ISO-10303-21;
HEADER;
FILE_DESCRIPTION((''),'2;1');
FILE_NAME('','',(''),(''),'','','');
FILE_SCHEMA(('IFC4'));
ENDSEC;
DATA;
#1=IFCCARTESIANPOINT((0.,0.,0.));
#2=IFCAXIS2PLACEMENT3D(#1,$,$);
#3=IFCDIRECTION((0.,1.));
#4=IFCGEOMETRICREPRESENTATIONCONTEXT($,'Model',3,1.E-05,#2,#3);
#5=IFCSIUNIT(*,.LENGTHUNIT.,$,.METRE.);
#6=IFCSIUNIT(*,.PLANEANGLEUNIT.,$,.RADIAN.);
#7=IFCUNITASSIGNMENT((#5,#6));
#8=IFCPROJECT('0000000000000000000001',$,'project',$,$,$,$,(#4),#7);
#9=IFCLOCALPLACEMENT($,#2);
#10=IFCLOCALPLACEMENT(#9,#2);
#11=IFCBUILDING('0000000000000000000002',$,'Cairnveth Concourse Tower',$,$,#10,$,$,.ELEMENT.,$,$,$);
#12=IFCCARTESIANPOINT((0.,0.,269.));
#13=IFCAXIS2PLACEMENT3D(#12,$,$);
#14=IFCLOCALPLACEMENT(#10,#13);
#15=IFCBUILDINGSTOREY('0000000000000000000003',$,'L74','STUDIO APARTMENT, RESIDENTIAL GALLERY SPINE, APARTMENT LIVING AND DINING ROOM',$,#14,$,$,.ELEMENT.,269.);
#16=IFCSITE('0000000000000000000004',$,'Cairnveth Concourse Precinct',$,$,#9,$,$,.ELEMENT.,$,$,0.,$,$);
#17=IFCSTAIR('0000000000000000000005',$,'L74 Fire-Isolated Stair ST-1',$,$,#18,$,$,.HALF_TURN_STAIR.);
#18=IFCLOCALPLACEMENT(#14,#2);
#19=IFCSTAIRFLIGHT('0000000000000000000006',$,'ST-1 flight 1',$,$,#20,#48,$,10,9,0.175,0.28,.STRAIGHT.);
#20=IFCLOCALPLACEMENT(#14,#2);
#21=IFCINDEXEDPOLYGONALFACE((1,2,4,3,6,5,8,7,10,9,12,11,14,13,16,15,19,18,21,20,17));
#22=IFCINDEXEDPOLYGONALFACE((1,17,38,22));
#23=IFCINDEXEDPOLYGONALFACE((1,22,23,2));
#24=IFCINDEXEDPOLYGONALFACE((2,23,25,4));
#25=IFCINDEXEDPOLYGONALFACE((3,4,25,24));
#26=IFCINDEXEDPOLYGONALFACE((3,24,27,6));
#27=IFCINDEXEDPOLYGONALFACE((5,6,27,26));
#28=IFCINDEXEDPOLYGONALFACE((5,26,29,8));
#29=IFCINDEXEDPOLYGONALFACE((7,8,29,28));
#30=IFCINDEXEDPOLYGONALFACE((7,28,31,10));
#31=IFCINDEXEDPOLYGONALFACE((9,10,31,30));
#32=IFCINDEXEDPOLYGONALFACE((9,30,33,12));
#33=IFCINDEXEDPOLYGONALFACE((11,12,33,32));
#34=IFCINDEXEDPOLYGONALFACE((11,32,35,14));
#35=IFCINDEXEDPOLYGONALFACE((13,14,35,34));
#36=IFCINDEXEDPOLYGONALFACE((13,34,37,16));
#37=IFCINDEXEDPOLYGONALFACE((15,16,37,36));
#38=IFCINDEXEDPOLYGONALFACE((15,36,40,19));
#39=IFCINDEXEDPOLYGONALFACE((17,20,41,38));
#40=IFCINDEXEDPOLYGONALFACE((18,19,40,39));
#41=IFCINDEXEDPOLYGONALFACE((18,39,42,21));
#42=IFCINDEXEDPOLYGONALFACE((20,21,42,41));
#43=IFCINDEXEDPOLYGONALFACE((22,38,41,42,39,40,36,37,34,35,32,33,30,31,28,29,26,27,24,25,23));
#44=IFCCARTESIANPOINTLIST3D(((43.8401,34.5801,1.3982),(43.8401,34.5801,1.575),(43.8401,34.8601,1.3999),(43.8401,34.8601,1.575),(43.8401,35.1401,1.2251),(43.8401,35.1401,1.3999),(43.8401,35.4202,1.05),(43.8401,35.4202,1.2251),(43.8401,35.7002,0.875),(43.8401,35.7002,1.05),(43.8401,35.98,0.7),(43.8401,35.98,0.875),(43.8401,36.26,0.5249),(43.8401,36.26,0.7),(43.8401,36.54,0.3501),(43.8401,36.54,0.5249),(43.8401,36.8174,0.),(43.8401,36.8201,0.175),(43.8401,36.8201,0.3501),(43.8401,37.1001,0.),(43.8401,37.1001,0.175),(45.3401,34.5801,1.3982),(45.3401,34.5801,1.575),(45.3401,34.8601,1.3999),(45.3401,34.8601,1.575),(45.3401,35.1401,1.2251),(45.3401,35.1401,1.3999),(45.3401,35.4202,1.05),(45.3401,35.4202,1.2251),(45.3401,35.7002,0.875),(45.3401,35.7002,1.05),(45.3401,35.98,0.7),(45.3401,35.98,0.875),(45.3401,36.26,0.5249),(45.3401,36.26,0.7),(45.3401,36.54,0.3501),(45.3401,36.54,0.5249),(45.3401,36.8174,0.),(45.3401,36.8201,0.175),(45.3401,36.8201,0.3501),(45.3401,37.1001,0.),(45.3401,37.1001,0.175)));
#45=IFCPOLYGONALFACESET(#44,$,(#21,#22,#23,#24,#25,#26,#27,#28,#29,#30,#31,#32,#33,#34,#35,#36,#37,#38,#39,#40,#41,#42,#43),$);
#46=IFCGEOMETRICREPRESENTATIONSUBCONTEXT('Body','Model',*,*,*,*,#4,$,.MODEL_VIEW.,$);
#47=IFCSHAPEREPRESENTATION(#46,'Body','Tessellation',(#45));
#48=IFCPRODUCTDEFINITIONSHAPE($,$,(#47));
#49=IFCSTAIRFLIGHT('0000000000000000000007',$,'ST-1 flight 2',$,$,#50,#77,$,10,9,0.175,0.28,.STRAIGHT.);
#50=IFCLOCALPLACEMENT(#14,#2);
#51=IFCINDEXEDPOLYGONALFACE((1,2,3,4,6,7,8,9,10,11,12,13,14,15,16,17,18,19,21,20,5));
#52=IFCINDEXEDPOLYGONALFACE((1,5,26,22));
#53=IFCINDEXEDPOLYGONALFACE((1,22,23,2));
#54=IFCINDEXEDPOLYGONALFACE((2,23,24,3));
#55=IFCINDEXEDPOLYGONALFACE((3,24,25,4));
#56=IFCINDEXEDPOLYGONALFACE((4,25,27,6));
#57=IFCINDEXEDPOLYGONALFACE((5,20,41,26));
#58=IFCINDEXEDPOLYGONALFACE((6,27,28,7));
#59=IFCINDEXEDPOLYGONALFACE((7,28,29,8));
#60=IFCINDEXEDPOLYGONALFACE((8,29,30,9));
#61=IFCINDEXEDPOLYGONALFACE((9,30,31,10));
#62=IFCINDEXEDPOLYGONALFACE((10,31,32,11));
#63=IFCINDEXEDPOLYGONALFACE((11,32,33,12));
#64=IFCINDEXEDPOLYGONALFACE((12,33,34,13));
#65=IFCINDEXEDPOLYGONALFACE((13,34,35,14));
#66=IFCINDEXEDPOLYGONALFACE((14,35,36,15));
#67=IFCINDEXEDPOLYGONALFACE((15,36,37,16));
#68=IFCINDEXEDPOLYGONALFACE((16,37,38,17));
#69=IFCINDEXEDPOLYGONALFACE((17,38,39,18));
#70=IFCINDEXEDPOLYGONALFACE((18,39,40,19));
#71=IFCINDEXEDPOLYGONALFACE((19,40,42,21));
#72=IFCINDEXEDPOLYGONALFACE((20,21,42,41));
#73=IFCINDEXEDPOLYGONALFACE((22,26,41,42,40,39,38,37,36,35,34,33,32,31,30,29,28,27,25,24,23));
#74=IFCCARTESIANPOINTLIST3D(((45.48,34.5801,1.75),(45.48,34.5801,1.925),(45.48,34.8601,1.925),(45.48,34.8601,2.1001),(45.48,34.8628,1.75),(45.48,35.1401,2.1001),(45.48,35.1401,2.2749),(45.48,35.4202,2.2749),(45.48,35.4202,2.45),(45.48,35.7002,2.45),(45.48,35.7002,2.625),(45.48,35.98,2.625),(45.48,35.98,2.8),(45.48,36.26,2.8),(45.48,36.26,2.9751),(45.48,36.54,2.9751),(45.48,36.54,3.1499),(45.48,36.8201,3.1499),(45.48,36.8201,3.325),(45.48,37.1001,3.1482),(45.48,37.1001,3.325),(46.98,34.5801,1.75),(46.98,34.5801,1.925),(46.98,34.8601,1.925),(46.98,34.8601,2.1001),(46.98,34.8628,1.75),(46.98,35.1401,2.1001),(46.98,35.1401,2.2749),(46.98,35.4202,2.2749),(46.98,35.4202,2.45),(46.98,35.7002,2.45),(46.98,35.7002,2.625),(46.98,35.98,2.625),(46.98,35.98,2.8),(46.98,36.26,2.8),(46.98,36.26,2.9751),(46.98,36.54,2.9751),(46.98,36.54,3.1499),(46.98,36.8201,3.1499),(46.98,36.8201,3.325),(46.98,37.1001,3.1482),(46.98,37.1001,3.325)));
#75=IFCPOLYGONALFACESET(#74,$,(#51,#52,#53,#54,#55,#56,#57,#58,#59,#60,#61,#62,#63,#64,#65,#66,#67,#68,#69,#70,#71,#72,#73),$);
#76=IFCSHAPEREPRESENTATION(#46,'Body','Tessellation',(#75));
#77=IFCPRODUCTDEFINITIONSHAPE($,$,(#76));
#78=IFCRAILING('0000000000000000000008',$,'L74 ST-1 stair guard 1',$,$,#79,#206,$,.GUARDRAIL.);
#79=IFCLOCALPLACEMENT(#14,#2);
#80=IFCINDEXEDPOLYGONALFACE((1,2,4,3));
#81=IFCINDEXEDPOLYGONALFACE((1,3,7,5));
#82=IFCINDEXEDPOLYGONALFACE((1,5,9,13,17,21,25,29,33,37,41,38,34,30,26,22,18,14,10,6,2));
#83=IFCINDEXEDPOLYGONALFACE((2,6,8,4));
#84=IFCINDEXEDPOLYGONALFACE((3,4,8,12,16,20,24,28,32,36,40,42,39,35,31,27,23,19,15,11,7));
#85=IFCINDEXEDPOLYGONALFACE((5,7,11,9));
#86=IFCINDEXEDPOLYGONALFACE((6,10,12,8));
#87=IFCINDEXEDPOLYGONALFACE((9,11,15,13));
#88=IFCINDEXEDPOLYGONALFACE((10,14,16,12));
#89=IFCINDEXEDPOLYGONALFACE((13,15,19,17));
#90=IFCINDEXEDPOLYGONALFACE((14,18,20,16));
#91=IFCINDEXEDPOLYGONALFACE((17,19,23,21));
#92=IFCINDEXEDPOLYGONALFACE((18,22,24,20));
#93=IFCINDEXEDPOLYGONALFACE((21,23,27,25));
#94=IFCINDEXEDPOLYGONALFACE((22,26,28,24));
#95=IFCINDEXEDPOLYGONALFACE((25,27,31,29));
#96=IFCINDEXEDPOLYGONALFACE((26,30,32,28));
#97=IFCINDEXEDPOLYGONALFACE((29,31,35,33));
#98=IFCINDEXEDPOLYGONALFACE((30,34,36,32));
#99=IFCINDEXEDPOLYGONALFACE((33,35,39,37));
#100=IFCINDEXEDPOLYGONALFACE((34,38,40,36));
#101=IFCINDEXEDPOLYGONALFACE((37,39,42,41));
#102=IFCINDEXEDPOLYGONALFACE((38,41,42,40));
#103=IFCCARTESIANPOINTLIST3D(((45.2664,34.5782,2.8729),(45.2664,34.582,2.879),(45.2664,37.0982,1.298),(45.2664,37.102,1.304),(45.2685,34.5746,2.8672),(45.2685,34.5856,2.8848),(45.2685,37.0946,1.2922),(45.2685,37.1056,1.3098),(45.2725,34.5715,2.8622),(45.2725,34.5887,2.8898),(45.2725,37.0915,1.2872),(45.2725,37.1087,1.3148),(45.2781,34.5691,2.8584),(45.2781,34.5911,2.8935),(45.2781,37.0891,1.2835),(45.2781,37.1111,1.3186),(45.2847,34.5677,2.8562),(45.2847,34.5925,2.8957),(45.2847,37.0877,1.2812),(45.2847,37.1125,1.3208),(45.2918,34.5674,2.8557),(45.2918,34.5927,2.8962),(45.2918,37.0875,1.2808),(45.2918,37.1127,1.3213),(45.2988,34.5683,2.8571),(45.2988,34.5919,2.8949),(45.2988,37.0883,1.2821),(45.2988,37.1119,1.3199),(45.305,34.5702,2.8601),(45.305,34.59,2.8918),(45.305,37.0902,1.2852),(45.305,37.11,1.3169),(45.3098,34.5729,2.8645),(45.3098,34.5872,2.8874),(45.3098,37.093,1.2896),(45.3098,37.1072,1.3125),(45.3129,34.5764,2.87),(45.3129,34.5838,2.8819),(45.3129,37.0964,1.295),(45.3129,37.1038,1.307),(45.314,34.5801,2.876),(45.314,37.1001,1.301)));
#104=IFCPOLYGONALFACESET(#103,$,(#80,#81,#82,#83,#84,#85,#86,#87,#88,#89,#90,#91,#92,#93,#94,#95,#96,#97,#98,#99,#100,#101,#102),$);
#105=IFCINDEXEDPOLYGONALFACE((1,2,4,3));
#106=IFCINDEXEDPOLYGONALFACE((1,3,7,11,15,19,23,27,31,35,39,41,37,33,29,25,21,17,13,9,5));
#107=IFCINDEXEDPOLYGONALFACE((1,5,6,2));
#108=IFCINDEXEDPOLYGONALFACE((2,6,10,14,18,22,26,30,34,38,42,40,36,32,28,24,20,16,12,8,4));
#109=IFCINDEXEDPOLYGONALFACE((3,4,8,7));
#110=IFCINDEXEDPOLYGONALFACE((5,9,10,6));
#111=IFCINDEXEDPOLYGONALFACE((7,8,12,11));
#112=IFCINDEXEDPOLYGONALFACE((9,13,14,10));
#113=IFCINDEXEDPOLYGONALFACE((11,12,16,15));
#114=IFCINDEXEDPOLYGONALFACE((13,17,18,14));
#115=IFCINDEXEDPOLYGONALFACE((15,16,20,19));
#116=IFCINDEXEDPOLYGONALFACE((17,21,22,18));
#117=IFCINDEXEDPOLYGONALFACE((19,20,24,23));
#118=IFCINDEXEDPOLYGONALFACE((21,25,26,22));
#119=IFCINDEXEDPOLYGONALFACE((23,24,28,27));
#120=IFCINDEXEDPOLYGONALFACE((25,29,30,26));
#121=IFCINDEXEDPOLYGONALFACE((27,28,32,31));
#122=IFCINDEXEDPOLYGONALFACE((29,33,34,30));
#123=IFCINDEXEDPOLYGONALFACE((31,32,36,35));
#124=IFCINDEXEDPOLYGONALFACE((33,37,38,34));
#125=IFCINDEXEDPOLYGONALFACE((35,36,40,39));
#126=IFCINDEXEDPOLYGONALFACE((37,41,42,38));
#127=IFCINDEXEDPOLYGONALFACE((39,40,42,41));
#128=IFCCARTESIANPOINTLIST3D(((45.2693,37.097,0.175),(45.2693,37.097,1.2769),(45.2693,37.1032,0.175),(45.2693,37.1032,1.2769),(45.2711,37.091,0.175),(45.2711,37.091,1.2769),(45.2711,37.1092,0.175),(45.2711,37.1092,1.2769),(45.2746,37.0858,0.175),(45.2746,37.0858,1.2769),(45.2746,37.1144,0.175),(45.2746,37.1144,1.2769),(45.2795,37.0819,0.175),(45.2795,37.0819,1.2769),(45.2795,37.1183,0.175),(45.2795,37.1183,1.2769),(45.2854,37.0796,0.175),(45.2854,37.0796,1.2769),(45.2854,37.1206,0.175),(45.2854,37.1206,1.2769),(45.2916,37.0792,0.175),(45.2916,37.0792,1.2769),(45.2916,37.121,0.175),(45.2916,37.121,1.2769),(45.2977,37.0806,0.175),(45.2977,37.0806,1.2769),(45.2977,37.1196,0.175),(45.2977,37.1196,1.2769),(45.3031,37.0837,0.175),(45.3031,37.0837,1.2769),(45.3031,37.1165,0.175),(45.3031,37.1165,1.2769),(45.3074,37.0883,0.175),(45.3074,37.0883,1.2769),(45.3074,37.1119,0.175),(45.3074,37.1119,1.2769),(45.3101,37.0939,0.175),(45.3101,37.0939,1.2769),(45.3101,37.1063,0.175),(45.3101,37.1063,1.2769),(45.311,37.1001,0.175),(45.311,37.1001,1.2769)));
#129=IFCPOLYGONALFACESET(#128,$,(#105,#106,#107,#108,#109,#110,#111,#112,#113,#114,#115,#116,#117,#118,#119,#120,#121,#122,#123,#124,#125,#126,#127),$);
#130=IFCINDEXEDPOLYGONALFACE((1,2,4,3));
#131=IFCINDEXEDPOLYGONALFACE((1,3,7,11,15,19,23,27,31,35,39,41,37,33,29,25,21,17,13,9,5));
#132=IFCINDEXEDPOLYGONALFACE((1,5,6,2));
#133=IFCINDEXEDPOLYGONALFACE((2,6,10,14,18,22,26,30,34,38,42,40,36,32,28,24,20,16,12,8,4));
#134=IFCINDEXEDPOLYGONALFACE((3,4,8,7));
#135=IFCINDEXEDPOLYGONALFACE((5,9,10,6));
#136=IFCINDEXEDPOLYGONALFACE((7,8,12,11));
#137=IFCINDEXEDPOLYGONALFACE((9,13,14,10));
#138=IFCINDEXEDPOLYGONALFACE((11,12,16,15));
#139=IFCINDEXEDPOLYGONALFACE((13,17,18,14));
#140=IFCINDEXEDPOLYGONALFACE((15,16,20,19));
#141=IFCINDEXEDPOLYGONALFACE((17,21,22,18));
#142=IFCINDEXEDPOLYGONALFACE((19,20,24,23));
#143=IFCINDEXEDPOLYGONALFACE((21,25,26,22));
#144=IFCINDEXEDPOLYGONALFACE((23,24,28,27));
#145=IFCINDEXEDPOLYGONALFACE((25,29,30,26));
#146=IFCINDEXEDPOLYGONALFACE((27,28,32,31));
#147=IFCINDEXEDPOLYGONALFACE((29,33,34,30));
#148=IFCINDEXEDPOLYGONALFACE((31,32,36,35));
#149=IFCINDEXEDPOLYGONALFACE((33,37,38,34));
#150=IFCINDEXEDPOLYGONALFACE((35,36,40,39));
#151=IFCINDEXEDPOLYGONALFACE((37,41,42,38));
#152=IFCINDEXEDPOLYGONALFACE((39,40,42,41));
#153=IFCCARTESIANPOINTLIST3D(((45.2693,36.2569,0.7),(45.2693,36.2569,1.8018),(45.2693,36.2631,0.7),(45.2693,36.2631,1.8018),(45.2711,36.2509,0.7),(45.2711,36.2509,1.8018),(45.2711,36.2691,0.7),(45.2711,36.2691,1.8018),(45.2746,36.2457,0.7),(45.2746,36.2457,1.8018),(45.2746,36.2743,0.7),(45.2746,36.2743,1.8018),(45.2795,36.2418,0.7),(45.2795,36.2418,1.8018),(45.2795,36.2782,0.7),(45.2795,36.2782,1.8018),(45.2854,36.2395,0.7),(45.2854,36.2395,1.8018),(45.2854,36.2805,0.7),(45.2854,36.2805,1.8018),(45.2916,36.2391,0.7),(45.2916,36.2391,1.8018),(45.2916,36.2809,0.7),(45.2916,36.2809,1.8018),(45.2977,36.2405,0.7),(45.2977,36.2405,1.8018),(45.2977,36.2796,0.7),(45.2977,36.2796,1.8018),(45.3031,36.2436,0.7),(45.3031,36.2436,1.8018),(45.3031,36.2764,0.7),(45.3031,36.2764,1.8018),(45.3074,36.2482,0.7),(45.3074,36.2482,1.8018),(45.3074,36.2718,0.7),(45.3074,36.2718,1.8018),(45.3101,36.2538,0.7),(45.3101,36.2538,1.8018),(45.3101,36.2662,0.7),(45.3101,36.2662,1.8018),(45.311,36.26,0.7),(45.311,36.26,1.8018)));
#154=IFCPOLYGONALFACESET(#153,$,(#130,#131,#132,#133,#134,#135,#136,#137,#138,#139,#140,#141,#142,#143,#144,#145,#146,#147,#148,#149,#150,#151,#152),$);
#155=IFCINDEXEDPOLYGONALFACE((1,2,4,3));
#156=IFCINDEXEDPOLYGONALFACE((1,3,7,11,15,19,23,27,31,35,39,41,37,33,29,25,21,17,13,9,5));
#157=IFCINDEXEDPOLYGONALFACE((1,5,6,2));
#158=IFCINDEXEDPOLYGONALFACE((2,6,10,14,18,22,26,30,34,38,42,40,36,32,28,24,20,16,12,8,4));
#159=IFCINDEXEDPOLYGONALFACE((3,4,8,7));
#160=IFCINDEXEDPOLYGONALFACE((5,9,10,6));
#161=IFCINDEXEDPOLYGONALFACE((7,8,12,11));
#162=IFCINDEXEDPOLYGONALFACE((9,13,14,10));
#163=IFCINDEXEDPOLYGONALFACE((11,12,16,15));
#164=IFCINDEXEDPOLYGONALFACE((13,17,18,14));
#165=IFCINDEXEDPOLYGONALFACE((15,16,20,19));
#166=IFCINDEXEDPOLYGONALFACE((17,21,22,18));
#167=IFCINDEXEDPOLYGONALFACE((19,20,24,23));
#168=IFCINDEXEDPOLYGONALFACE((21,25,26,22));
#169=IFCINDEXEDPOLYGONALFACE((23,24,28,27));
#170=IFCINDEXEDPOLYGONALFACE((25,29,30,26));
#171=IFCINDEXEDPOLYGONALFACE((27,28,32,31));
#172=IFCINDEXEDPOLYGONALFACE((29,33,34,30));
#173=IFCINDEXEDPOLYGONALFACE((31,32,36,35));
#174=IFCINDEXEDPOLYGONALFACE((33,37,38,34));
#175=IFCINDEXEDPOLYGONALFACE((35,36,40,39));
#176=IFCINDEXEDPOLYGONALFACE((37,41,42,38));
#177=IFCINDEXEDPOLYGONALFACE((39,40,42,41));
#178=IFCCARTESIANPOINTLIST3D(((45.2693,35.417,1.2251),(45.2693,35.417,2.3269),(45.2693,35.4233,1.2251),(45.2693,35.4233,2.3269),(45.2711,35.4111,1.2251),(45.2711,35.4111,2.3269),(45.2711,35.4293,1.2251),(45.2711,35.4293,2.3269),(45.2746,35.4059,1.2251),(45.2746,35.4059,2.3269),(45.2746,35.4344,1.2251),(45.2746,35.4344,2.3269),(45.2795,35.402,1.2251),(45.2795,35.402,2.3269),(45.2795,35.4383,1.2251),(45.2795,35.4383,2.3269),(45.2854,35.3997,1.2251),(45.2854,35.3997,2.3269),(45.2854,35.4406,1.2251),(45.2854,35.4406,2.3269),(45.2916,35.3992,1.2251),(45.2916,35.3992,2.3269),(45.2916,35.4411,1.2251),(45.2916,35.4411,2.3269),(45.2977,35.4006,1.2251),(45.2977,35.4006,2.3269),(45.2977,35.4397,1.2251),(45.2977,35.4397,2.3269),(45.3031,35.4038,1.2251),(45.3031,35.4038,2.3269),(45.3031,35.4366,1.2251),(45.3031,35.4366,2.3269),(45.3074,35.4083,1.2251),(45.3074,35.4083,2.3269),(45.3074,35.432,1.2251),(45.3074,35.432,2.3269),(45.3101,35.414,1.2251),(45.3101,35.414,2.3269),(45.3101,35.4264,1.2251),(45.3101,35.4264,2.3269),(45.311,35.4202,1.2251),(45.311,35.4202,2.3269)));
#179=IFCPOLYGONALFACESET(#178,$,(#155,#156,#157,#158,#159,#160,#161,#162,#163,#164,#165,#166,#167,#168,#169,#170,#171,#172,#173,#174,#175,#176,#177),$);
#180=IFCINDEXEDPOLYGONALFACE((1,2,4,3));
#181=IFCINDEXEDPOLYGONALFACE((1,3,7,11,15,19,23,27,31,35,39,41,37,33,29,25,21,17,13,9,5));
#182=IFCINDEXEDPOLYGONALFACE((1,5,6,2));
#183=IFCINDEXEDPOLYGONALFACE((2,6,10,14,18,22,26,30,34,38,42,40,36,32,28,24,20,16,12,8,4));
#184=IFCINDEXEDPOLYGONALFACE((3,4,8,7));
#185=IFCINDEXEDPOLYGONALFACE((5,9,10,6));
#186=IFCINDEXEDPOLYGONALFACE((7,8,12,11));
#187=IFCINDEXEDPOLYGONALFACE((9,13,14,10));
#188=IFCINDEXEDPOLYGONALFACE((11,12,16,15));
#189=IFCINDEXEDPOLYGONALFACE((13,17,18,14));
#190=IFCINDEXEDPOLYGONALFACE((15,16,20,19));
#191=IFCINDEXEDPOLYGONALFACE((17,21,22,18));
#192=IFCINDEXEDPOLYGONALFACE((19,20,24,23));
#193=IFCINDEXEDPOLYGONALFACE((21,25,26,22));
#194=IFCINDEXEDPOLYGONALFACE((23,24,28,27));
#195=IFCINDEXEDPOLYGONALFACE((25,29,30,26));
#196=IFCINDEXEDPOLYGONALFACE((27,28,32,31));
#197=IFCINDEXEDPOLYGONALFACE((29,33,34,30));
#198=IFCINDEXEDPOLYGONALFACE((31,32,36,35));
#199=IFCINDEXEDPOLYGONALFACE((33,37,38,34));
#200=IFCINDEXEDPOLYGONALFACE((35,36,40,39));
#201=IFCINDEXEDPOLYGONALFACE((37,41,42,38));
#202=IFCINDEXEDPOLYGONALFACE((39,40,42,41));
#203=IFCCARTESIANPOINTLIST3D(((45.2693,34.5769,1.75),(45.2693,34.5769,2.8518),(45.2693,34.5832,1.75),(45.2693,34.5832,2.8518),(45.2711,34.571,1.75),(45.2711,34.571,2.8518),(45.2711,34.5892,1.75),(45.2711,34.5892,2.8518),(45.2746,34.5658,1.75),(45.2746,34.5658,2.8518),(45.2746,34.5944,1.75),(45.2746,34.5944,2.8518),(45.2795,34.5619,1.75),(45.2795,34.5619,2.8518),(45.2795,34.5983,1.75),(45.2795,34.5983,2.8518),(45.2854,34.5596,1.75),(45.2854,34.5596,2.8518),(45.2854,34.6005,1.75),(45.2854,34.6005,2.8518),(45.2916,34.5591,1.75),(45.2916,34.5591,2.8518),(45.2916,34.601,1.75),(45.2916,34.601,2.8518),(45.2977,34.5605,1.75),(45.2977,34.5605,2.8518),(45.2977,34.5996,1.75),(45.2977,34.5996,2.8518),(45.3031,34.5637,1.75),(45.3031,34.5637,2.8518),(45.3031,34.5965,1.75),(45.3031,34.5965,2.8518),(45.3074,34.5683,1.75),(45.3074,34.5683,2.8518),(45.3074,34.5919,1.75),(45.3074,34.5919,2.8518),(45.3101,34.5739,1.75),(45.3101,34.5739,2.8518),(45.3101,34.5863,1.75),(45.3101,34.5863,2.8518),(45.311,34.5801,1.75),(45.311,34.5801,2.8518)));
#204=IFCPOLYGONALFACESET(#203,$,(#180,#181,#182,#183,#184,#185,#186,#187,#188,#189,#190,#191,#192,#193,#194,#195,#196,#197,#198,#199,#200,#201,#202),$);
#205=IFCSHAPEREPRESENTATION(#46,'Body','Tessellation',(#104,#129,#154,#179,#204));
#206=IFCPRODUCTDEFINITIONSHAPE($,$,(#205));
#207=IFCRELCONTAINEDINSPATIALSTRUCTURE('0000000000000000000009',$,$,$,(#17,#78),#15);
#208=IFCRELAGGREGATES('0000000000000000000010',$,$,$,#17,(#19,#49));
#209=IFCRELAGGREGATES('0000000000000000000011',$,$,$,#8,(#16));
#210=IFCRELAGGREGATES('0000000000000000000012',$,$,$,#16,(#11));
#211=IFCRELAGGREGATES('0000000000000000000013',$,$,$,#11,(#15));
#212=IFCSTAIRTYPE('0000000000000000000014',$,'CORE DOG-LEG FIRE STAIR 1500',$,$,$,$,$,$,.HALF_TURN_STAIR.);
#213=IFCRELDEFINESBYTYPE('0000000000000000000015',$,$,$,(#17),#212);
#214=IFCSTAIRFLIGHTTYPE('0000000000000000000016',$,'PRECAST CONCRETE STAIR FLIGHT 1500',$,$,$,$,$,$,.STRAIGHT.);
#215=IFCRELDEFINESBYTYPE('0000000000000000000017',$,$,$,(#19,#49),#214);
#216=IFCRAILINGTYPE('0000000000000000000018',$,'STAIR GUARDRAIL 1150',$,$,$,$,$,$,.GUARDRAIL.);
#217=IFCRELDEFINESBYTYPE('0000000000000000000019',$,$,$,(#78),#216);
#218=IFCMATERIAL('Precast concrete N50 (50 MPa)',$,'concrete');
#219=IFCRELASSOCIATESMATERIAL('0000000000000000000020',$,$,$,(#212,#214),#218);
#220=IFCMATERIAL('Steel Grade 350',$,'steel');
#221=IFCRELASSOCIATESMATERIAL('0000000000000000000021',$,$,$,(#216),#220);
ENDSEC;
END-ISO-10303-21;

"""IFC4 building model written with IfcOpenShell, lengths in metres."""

from ifc_helpers import new_model, si_unit, direction, frame, origin, origin_2d, place, context, subcontext, project, spatial, polyline, circle, outline, extrude, material, type_object, element, aggregate, save


model = new_model("IFC4")

# Units and contexts
model_context = context("Model", 3, precision=1e-05, world=origin(), true_north=direction((0.0, 1.0)))
body_context = subcontext(model_context, "Body", "Model", "MODEL_VIEW")
ifc_project = project(units=[si_unit("LENGTHUNIT", "METRE"), si_unit("PLANEANGLEUNIT", "RADIAN")], contexts=[model_context])

# Site, building, storey
site_placement = place(None, origin())
site = spatial("IfcSite", under=ifc_project, at=site_placement, Name="Cairnveth Concourse Precinct", CompositionType="ELEMENT", RefElevation=0.0)
building_placement = place(site_placement, origin())
building = spatial("IfcBuilding", under=site, at=building_placement, Name="Cairnveth Concourse Tower", CompositionType="ELEMENT")
storey_placement = place(building_placement, frame((0.0, 0.0, 269.0)))
storey = spatial("IfcBuildingStorey", under=building, at=storey_placement, Name="L74", Description="STUDIO APARTMENT, RESIDENTIAL GALLERY SPINE, APARTMENT LIVING AND DINING ROOM", CompositionType="ELEMENT", Elevation=269.0)

# Shared definitions
ifc_material_1 = material(Name="Steel Grade 350", Category="steel")

# Stair, stair flights
ifc_material_2 = material(Name="Precast concrete N50 (50 MPa)", Category="concrete")
stair_type = type_object("IfcStairType", Name="CORE DOG-LEG FIRE STAIR 1500", PredefinedType="HALF_TURN_STAIR", material=ifc_material_2)
stair_placement = place(storey_placement, origin())
stair = element("IfcStair", 1, at=stair_placement, inside=storey, type_object=stair_type, Name="L74 Fire-Isolated Stair ST-1", PredefinedType="HALF_TURN_STAIR")
stair_flight_type = type_object("IfcStairFlightType", Name="PRECAST CONCRETE STAIR FLIGHT 1500", PredefinedType="STRAIGHT", material=ifc_material_2)
stair_flight_1_placement = place(storey_placement, frame((44.5901, 37.1001, 0.0), z_axis=(0.0, 0.0, 1.0), x_axis=(0.0, -1.0, 0.0)))
stair_flight_1 = element("IfcStairFlight", 2, at=stair_flight_1_placement, type_object=stair_flight_type, Name="ST-1 flight 1", NumberOfRisers=10, NumberOfTreads=9, PredefinedType="STRAIGHT", RiserHeight=0.175, TreadLength=0.28, context=body_context, shape_type="SweptSolid", body=[
    extrude(outline(polyline([(0.0, 0.0), (0.0, 0.175), (0.28, 0.175), (0.28, 0.3501), (0.5601, 0.3501), (0.5601, 0.5249), (0.8401, 0.5249), (0.8401, 0.7), (1.1201, 0.7), (1.1201, 0.875), (1.3999, 0.875), (1.3999, 1.05), (1.6799, 1.05), (1.6799, 1.2251), (1.96, 1.2251), (1.96, 1.3999), (2.24, 1.3999), (2.24, 1.575), (2.52, 1.575), (2.52, 1.75), (2.52, 1.3982), (0.2827, 0.0), (0.0, 0.0)])), frame((0.0, 0.75, 0.0), z_axis=(0.0, -1.0, 0.0), x_axis=(1.0, 0.0, 0.0)), (0.0, 0.0, 1.0), 1.5),
])
stair_flight_2_placement = place(storey_placement, frame((46.23, 34.5801, 1.75), z_axis=(0.0, 0.0, 1.0), x_axis=(0.0, 1.0, 0.0)))
stair_flight_2 = element("IfcStairFlight", 3, at=stair_flight_2_placement, type_object=stair_flight_type, Name="ST-1 flight 2", NumberOfRisers=10, NumberOfTreads=9, PredefinedType="STRAIGHT", RiserHeight=0.175, TreadLength=0.28, context=body_context, shape_type="SweptSolid", body=[
    extrude(outline(polyline([(0.0, 0.0), (0.0, 0.175), (0.28, 0.175), (0.28, 0.3501), (0.5601, 0.3501), (0.5601, 0.5249), (0.8401, 0.5249), (0.8401, 0.7), (1.1201, 0.7), (1.1201, 0.875), (1.3999, 0.875), (1.3999, 1.05), (1.6799, 1.05), (1.6799, 1.2251), (1.96, 1.2251), (1.96, 1.3999), (2.24, 1.3999), (2.24, 1.575), (2.52, 1.575), (2.52, 1.75), (2.52, 1.3982), (0.2827, 0.0), (0.0, 0.0)])), frame((0.0, 0.75, 0.0), z_axis=(0.0, -1.0, 0.0), x_axis=(1.0, 0.0, 0.0)), (0.0, 0.0, 1.0), 1.5),
])
aggregate(stair, [stair_flight_1, stair_flight_2])

# Railing
railing_type_1 = type_object("IfcRailingType", Name="STAIR GUARDRAIL 1150", PredefinedType="GUARDRAIL", material=ifc_material_1)
railing_1_placement = place(storey_placement, frame((45.29, 37.1001, 0.175)))
element("IfcRailing", 4, at=railing_1_placement, inside=storey, type_object=railing_type_1, Name="L74 ST-1 stair guard 1", PredefinedType="GUARDRAIL", context=body_context, shape_type="SweptSolid", body=[
    extrude(circle(Radius=0.0239, at=origin_2d()), frame((0.0, 0.0, 1.126), z_axis=(0.0, -0.848008, 0.529984), x_axis=(1.0, 0.0, 0.0)), (0.0, 0.0, 1.0), 2.9717),
    extrude(circle(Radius=0.021, at=origin_2d()), origin(), (0.0, 0.0, 1.0), 1.1018),
    extrude(circle(Radius=0.021, at=origin_2d()), frame((0.0, -0.8401, 0.5249)), (0.0, 0.0, 1.0), 1.1018),
    extrude(circle(Radius=0.021, at=origin_2d()), frame((0.0, -1.6799, 1.05)), (0.0, 0.0, 1.0), 1.1018),
    extrude(circle(Radius=0.021, at=origin_2d()), frame((0.0, -2.52, 1.575)), (0.0, 0.0, 1.0), 1.1018),
])

save(model, "model.ifc")
